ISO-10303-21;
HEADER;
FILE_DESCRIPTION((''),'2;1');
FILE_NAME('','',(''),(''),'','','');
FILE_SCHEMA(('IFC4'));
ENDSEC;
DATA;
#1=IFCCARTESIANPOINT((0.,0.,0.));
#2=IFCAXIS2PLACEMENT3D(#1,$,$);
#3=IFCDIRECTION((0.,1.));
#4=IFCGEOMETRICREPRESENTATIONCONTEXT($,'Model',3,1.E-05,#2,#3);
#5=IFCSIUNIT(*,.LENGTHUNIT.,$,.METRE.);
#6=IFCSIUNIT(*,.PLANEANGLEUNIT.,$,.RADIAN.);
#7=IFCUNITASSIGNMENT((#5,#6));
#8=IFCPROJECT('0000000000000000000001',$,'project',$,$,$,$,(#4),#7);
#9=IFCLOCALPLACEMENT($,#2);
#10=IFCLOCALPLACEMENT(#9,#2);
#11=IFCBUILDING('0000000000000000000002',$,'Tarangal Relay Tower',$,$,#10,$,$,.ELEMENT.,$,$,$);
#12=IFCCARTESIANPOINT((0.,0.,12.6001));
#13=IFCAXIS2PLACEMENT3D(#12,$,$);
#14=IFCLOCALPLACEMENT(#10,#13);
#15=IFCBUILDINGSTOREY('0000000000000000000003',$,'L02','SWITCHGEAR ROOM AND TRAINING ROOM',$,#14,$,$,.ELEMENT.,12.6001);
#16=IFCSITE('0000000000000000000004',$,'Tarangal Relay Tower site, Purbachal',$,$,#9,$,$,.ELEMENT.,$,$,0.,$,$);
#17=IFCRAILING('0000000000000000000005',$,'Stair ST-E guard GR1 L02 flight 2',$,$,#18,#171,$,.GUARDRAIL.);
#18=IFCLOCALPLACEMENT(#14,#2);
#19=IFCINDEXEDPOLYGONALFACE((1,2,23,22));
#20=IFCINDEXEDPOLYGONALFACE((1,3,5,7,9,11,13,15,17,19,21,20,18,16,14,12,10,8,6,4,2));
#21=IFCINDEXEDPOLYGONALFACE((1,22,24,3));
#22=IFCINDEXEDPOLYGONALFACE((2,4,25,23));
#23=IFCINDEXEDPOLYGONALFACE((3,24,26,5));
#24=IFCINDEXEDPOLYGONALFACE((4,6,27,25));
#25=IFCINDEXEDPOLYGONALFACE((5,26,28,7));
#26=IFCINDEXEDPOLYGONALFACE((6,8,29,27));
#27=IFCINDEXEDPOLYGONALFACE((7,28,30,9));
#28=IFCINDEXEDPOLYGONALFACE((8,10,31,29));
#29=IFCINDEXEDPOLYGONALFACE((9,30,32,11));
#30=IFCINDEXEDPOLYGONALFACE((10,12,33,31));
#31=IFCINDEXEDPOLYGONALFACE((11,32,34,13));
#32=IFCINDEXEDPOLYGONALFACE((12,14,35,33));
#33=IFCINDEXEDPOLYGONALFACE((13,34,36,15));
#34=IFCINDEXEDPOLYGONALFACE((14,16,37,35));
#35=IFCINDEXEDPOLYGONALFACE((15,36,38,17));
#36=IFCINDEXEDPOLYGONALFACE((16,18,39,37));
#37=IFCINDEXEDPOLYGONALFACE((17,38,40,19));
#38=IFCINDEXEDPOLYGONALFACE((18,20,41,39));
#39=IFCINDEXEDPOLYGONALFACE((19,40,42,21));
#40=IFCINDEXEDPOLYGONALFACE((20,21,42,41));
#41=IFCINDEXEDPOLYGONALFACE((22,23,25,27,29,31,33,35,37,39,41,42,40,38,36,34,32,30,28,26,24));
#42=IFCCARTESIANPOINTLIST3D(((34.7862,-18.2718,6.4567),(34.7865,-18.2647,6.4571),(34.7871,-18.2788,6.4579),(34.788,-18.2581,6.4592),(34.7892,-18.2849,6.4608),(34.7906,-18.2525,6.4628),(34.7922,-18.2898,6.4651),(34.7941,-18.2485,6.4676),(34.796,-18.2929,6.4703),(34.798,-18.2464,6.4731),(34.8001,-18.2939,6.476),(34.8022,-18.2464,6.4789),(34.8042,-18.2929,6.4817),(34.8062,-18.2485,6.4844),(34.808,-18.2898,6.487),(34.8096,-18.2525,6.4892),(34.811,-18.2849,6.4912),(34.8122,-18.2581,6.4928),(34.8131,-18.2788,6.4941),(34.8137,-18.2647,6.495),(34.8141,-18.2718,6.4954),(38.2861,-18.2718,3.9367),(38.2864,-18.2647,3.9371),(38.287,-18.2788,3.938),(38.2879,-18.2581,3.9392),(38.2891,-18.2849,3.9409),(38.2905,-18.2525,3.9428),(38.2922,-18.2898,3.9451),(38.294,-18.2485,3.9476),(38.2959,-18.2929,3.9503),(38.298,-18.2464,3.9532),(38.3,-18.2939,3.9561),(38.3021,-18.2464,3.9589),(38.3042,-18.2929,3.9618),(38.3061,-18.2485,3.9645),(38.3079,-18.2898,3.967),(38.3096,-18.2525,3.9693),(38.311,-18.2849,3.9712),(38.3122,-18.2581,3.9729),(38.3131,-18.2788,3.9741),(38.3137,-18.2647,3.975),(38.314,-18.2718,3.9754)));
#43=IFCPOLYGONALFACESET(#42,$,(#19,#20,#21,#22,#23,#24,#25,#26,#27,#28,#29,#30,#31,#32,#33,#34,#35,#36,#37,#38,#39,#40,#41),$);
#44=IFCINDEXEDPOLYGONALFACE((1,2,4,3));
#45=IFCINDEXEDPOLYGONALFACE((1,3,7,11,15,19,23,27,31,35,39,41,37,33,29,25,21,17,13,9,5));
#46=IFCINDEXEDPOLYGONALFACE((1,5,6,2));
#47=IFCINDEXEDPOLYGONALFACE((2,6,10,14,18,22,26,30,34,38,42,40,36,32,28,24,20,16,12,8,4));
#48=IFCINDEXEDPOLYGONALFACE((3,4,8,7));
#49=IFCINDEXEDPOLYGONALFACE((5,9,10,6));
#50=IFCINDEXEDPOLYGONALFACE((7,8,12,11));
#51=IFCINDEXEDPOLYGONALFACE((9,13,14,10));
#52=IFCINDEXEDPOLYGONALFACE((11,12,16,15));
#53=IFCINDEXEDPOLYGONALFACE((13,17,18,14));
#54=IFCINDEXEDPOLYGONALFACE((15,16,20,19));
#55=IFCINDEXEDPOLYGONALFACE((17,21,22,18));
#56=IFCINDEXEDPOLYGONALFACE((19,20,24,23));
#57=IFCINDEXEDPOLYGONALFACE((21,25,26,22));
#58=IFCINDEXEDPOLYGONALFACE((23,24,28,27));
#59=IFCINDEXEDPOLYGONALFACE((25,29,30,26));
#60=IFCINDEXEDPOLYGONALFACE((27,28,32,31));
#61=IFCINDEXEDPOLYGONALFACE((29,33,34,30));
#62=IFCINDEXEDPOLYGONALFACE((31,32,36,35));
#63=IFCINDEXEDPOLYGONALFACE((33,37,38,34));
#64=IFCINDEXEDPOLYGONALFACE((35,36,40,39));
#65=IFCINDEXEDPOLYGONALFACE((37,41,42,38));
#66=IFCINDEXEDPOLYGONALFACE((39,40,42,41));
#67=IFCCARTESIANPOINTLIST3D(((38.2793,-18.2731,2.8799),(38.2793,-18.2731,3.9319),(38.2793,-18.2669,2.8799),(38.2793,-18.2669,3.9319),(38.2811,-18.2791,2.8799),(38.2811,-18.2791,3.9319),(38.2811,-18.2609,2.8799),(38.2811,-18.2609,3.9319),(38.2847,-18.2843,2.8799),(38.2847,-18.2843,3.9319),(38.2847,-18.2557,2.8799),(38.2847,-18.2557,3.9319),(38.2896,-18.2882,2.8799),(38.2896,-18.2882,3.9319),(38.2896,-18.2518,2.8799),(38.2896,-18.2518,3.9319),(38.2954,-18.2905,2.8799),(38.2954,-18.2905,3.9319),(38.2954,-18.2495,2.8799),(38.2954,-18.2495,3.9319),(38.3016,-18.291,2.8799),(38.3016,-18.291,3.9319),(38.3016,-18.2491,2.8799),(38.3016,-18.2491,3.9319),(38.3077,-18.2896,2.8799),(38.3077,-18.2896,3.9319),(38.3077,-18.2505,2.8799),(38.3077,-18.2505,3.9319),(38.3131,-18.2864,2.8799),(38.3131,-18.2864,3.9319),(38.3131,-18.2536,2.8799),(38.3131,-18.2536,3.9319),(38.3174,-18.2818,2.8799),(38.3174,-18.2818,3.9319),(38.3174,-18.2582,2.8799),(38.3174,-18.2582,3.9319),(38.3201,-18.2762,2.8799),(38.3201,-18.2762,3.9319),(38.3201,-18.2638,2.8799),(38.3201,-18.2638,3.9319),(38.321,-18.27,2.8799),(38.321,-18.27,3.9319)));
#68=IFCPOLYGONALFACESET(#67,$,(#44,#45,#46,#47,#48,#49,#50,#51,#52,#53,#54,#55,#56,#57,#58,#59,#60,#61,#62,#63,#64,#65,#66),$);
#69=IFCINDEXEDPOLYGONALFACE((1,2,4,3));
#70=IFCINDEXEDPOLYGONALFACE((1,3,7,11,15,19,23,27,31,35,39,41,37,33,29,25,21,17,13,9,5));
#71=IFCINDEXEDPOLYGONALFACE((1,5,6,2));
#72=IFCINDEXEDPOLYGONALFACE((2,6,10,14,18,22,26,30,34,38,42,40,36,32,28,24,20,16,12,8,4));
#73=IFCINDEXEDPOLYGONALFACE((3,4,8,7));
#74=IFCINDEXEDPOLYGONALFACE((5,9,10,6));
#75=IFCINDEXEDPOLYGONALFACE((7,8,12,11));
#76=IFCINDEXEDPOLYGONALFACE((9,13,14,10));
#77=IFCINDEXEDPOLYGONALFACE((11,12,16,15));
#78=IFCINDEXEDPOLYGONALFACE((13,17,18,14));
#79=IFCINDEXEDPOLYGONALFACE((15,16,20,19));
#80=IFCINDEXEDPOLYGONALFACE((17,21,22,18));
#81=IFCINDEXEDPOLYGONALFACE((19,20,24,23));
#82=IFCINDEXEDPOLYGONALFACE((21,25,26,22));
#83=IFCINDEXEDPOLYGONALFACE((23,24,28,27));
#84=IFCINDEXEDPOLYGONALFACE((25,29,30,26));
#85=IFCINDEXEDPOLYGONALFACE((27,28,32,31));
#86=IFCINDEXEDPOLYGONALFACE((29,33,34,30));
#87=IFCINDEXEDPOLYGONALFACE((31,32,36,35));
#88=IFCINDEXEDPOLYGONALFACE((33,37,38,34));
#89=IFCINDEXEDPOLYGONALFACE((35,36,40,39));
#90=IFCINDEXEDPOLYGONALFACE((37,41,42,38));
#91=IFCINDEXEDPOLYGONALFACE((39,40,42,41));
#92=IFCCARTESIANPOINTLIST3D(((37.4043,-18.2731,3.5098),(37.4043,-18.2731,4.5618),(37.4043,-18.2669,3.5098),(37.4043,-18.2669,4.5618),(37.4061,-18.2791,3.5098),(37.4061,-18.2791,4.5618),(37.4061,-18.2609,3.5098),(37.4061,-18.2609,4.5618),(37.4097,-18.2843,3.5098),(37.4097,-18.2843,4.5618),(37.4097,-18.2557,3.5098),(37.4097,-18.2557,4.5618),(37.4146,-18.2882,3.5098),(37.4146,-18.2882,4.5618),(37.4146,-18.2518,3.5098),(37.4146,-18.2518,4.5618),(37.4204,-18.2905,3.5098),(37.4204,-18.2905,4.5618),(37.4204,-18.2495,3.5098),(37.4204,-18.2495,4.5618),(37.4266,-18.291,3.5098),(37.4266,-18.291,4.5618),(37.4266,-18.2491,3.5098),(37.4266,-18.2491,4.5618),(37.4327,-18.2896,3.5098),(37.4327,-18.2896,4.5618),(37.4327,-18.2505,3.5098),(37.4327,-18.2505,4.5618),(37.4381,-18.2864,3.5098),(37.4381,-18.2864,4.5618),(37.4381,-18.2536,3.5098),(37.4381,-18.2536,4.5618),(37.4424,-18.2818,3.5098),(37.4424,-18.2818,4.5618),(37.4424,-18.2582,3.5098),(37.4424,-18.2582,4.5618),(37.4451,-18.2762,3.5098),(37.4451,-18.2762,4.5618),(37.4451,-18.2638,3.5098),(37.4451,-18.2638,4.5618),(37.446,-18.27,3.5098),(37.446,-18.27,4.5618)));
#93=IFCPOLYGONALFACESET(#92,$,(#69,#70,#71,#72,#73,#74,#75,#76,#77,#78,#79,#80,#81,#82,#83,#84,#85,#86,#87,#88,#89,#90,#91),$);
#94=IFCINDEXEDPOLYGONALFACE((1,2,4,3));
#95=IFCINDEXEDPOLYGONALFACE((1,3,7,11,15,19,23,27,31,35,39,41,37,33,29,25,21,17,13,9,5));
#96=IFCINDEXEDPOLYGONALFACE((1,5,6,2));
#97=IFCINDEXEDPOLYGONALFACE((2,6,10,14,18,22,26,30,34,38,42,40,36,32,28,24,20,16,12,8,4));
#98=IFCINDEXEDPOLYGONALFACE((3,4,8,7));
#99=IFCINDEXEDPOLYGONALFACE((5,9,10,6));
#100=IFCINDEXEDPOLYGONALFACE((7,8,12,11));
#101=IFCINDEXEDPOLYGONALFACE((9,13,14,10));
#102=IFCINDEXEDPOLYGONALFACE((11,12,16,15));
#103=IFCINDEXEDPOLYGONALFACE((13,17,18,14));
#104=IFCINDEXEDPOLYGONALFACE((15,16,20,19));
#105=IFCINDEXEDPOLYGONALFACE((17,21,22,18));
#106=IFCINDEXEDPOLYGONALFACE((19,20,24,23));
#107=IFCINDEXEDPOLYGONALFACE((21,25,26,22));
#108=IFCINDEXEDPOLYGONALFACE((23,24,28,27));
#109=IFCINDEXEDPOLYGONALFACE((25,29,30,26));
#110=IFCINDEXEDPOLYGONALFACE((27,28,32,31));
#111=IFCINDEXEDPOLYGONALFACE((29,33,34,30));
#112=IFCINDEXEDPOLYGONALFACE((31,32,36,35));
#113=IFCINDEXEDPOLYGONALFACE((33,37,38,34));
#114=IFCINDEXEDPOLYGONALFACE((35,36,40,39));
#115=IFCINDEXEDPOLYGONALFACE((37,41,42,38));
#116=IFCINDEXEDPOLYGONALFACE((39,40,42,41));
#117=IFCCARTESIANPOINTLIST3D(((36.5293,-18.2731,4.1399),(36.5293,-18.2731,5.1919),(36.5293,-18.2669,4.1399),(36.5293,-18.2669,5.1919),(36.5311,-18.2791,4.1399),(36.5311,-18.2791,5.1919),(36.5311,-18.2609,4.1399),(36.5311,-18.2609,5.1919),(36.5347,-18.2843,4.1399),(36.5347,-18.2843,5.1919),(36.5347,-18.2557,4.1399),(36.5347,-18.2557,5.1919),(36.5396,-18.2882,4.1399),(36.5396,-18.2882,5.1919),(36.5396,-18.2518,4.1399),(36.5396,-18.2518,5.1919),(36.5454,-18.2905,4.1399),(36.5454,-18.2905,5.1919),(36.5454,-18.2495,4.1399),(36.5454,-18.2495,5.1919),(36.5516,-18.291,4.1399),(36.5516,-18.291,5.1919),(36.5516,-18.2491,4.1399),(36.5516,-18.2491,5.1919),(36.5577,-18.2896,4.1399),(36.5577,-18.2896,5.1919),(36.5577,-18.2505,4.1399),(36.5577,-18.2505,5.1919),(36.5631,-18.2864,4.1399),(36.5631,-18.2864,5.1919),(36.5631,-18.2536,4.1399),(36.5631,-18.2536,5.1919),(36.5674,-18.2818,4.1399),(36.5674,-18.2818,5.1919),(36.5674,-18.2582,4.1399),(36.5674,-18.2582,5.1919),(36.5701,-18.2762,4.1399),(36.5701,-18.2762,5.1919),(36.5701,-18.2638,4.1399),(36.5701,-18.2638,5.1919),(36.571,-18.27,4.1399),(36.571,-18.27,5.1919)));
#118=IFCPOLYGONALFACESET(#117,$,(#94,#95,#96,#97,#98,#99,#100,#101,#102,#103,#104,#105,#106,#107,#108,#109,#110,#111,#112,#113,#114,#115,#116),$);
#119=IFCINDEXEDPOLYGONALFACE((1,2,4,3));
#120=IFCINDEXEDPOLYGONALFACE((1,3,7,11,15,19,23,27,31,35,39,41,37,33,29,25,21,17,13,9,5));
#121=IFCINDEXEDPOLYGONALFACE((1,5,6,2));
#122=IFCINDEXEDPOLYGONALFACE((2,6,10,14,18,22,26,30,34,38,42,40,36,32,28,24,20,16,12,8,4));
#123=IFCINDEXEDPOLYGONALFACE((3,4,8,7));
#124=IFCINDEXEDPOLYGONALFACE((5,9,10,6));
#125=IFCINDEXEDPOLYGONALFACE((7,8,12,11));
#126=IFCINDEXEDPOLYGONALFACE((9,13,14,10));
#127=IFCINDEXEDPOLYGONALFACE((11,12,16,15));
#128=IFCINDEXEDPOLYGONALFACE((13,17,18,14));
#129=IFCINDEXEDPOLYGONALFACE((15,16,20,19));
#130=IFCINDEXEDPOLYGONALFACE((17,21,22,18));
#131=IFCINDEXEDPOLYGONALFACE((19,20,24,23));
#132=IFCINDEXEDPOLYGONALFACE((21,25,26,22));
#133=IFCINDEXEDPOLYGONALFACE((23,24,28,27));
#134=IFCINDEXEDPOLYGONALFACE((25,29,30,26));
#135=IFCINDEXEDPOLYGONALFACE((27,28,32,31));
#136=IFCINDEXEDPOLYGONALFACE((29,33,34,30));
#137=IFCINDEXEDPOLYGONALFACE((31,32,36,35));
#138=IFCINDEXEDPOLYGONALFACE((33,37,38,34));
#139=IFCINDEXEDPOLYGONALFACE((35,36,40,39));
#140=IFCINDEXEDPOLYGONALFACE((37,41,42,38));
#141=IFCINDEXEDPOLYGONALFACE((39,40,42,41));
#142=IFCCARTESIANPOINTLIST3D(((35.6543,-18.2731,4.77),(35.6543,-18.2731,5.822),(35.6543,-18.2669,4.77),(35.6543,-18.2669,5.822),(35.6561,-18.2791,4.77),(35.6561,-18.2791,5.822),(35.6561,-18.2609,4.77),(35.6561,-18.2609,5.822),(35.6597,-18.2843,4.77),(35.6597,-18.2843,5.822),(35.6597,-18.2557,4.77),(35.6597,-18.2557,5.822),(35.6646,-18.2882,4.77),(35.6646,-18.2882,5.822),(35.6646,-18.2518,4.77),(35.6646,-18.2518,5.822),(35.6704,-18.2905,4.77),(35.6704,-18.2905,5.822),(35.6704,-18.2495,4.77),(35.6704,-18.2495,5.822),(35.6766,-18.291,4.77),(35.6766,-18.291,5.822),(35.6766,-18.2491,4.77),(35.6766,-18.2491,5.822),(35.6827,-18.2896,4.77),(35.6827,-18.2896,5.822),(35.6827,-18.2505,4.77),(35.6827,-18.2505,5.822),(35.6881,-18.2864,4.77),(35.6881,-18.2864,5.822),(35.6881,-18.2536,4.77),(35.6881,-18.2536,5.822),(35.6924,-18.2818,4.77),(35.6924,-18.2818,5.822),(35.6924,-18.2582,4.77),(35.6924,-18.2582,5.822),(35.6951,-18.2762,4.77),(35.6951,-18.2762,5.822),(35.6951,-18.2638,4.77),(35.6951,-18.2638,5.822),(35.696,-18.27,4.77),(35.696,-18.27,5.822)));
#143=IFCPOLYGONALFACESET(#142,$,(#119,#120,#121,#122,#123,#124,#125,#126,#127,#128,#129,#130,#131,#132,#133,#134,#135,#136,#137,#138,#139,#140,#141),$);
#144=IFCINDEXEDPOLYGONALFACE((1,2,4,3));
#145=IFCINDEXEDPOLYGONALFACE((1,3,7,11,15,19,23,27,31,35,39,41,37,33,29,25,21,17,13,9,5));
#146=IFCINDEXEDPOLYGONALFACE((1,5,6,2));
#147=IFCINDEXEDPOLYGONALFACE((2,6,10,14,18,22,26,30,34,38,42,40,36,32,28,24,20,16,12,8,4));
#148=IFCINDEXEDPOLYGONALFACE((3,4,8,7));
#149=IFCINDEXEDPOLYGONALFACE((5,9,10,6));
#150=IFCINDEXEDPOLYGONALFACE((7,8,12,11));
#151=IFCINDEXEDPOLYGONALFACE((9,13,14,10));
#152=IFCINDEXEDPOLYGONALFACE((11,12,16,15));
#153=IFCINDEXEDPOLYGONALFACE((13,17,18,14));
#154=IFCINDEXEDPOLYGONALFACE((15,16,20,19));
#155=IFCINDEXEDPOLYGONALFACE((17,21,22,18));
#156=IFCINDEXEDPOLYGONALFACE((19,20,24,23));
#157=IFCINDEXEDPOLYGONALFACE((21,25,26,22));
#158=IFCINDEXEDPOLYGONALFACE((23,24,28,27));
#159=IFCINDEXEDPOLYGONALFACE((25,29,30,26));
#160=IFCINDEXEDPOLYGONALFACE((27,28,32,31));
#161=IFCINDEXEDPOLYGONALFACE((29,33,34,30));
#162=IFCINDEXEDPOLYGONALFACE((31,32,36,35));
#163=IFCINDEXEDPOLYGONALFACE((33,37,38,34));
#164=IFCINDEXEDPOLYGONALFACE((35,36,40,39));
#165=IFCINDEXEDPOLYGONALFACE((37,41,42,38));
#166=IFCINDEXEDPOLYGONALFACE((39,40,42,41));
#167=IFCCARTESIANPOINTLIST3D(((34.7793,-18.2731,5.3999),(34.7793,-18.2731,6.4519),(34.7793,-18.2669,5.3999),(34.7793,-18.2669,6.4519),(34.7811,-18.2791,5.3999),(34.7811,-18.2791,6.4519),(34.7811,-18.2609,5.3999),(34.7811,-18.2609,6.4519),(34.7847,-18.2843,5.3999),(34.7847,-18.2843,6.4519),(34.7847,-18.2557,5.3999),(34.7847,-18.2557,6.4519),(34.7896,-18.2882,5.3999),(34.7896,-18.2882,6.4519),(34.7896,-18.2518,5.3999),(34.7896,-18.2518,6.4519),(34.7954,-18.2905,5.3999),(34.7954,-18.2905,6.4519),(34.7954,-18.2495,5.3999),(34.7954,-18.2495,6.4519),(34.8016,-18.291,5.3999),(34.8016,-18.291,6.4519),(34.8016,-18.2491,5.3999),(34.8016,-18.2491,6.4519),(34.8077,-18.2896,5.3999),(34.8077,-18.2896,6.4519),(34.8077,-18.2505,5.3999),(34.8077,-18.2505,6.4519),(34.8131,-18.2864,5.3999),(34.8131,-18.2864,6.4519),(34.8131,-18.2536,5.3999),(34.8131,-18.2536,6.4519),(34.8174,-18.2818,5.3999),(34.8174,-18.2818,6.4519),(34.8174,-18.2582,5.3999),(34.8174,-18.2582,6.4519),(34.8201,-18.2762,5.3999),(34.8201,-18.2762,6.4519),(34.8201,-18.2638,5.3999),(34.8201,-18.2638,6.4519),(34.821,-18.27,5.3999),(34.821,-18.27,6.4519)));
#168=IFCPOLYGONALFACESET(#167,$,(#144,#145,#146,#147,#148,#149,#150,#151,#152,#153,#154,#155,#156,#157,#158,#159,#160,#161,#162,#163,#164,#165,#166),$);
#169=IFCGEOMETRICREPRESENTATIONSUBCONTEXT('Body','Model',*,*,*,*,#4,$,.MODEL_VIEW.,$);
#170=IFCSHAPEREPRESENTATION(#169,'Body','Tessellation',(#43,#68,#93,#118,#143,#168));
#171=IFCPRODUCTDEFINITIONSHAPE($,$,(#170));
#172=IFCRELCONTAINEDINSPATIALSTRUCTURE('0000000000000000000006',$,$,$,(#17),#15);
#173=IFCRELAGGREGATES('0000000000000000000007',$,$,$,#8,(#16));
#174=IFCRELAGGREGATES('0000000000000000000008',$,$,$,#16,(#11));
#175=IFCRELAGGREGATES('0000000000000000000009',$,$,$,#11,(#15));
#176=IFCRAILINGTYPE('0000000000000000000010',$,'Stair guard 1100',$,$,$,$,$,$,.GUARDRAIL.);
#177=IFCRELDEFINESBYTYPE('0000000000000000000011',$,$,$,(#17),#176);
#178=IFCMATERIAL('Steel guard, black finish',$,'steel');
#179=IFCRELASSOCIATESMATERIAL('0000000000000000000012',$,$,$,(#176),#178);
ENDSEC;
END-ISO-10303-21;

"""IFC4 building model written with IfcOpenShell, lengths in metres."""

from ifc_helpers import new_model, si_unit, direction, frame, origin, origin_2d, place, context, subcontext, project, spatial, circle, extrude, material, type_object, element, save


model = new_model("IFC4")

# Units and contexts
model_context = context("Model", 3, precision=1e-05, world=origin(), true_north=direction((0.0, 1.0)))
body_context = subcontext(model_context, "Body", "Model", "MODEL_VIEW")
ifc_project = project(units=[si_unit("LENGTHUNIT", "METRE"), si_unit("PLANEANGLEUNIT", "RADIAN")], contexts=[model_context])

# Site, building, storey
site_placement = place(None, origin())
site = spatial("IfcSite", under=ifc_project, at=site_placement, Name="Tarangal Relay Tower site, Purbachal", CompositionType="ELEMENT", RefElevation=0.0)
building_placement = place(site_placement, origin())
building = spatial("IfcBuilding", under=site, at=building_placement, Name="Tarangal Relay Tower", CompositionType="ELEMENT")
storey_placement = place(building_placement, frame((0.0, 0.0, 12.6001)))
storey = spatial("IfcBuildingStorey", under=building, at=storey_placement, Name="L02", Description="SWITCHGEAR ROOM AND TRAINING ROOM", CompositionType="ELEMENT", Elevation=12.6001)

# Railing
ifc_material_1 = material(Name="Steel guard, black finish", Category="steel")
railing_type_1 = type_object("IfcRailingType", Name="Stair guard 1100", PredefinedType="GUARDRAIL", material=ifc_material_1)
railing_1_placement = place(storey_placement, frame((38.3, -18.27, 2.8799)))
element("IfcRailing", 1, at=railing_1_placement, inside=storey, type_object=railing_type_1, Name="Stair ST-E guard GR1 L02 flight 2", PredefinedType="GUARDRAIL", context=body_context, shape_type="SweptSolid", body=[
    extrude(circle(Radius=0.0239, at=origin_2d()), frame((0.0, 0.0, 1.0762), z_axis=(-0.811532, 0.0, 0.584308), x_axis=(0.0, -1.0, 0.0)), (0.0, 0.0, 1.0), 4.3127),
    extrude(circle(Radius=0.021, at=origin_2d()), origin(), (0.0, 0.0, 1.0), 1.052),
    extrude(circle(Radius=0.021, at=origin_2d()), frame((-0.875, 0.0, 0.6299)), (0.0, 0.0, 1.0), 1.052),
    extrude(circle(Radius=0.021, at=origin_2d()), frame((-1.75, 0.0, 1.26)), (0.0, 0.0, 1.0), 1.052),
    extrude(circle(Radius=0.021, at=origin_2d()), frame((-2.625, 0.0, 1.8901)), (0.0, 0.0, 1.0), 1.052),
    extrude(circle(Radius=0.021, at=origin_2d()), frame((-3.5, 0.0, 2.52)), (0.0, 0.0, 1.0), 1.052),
])

save(model, "model.ifc")
